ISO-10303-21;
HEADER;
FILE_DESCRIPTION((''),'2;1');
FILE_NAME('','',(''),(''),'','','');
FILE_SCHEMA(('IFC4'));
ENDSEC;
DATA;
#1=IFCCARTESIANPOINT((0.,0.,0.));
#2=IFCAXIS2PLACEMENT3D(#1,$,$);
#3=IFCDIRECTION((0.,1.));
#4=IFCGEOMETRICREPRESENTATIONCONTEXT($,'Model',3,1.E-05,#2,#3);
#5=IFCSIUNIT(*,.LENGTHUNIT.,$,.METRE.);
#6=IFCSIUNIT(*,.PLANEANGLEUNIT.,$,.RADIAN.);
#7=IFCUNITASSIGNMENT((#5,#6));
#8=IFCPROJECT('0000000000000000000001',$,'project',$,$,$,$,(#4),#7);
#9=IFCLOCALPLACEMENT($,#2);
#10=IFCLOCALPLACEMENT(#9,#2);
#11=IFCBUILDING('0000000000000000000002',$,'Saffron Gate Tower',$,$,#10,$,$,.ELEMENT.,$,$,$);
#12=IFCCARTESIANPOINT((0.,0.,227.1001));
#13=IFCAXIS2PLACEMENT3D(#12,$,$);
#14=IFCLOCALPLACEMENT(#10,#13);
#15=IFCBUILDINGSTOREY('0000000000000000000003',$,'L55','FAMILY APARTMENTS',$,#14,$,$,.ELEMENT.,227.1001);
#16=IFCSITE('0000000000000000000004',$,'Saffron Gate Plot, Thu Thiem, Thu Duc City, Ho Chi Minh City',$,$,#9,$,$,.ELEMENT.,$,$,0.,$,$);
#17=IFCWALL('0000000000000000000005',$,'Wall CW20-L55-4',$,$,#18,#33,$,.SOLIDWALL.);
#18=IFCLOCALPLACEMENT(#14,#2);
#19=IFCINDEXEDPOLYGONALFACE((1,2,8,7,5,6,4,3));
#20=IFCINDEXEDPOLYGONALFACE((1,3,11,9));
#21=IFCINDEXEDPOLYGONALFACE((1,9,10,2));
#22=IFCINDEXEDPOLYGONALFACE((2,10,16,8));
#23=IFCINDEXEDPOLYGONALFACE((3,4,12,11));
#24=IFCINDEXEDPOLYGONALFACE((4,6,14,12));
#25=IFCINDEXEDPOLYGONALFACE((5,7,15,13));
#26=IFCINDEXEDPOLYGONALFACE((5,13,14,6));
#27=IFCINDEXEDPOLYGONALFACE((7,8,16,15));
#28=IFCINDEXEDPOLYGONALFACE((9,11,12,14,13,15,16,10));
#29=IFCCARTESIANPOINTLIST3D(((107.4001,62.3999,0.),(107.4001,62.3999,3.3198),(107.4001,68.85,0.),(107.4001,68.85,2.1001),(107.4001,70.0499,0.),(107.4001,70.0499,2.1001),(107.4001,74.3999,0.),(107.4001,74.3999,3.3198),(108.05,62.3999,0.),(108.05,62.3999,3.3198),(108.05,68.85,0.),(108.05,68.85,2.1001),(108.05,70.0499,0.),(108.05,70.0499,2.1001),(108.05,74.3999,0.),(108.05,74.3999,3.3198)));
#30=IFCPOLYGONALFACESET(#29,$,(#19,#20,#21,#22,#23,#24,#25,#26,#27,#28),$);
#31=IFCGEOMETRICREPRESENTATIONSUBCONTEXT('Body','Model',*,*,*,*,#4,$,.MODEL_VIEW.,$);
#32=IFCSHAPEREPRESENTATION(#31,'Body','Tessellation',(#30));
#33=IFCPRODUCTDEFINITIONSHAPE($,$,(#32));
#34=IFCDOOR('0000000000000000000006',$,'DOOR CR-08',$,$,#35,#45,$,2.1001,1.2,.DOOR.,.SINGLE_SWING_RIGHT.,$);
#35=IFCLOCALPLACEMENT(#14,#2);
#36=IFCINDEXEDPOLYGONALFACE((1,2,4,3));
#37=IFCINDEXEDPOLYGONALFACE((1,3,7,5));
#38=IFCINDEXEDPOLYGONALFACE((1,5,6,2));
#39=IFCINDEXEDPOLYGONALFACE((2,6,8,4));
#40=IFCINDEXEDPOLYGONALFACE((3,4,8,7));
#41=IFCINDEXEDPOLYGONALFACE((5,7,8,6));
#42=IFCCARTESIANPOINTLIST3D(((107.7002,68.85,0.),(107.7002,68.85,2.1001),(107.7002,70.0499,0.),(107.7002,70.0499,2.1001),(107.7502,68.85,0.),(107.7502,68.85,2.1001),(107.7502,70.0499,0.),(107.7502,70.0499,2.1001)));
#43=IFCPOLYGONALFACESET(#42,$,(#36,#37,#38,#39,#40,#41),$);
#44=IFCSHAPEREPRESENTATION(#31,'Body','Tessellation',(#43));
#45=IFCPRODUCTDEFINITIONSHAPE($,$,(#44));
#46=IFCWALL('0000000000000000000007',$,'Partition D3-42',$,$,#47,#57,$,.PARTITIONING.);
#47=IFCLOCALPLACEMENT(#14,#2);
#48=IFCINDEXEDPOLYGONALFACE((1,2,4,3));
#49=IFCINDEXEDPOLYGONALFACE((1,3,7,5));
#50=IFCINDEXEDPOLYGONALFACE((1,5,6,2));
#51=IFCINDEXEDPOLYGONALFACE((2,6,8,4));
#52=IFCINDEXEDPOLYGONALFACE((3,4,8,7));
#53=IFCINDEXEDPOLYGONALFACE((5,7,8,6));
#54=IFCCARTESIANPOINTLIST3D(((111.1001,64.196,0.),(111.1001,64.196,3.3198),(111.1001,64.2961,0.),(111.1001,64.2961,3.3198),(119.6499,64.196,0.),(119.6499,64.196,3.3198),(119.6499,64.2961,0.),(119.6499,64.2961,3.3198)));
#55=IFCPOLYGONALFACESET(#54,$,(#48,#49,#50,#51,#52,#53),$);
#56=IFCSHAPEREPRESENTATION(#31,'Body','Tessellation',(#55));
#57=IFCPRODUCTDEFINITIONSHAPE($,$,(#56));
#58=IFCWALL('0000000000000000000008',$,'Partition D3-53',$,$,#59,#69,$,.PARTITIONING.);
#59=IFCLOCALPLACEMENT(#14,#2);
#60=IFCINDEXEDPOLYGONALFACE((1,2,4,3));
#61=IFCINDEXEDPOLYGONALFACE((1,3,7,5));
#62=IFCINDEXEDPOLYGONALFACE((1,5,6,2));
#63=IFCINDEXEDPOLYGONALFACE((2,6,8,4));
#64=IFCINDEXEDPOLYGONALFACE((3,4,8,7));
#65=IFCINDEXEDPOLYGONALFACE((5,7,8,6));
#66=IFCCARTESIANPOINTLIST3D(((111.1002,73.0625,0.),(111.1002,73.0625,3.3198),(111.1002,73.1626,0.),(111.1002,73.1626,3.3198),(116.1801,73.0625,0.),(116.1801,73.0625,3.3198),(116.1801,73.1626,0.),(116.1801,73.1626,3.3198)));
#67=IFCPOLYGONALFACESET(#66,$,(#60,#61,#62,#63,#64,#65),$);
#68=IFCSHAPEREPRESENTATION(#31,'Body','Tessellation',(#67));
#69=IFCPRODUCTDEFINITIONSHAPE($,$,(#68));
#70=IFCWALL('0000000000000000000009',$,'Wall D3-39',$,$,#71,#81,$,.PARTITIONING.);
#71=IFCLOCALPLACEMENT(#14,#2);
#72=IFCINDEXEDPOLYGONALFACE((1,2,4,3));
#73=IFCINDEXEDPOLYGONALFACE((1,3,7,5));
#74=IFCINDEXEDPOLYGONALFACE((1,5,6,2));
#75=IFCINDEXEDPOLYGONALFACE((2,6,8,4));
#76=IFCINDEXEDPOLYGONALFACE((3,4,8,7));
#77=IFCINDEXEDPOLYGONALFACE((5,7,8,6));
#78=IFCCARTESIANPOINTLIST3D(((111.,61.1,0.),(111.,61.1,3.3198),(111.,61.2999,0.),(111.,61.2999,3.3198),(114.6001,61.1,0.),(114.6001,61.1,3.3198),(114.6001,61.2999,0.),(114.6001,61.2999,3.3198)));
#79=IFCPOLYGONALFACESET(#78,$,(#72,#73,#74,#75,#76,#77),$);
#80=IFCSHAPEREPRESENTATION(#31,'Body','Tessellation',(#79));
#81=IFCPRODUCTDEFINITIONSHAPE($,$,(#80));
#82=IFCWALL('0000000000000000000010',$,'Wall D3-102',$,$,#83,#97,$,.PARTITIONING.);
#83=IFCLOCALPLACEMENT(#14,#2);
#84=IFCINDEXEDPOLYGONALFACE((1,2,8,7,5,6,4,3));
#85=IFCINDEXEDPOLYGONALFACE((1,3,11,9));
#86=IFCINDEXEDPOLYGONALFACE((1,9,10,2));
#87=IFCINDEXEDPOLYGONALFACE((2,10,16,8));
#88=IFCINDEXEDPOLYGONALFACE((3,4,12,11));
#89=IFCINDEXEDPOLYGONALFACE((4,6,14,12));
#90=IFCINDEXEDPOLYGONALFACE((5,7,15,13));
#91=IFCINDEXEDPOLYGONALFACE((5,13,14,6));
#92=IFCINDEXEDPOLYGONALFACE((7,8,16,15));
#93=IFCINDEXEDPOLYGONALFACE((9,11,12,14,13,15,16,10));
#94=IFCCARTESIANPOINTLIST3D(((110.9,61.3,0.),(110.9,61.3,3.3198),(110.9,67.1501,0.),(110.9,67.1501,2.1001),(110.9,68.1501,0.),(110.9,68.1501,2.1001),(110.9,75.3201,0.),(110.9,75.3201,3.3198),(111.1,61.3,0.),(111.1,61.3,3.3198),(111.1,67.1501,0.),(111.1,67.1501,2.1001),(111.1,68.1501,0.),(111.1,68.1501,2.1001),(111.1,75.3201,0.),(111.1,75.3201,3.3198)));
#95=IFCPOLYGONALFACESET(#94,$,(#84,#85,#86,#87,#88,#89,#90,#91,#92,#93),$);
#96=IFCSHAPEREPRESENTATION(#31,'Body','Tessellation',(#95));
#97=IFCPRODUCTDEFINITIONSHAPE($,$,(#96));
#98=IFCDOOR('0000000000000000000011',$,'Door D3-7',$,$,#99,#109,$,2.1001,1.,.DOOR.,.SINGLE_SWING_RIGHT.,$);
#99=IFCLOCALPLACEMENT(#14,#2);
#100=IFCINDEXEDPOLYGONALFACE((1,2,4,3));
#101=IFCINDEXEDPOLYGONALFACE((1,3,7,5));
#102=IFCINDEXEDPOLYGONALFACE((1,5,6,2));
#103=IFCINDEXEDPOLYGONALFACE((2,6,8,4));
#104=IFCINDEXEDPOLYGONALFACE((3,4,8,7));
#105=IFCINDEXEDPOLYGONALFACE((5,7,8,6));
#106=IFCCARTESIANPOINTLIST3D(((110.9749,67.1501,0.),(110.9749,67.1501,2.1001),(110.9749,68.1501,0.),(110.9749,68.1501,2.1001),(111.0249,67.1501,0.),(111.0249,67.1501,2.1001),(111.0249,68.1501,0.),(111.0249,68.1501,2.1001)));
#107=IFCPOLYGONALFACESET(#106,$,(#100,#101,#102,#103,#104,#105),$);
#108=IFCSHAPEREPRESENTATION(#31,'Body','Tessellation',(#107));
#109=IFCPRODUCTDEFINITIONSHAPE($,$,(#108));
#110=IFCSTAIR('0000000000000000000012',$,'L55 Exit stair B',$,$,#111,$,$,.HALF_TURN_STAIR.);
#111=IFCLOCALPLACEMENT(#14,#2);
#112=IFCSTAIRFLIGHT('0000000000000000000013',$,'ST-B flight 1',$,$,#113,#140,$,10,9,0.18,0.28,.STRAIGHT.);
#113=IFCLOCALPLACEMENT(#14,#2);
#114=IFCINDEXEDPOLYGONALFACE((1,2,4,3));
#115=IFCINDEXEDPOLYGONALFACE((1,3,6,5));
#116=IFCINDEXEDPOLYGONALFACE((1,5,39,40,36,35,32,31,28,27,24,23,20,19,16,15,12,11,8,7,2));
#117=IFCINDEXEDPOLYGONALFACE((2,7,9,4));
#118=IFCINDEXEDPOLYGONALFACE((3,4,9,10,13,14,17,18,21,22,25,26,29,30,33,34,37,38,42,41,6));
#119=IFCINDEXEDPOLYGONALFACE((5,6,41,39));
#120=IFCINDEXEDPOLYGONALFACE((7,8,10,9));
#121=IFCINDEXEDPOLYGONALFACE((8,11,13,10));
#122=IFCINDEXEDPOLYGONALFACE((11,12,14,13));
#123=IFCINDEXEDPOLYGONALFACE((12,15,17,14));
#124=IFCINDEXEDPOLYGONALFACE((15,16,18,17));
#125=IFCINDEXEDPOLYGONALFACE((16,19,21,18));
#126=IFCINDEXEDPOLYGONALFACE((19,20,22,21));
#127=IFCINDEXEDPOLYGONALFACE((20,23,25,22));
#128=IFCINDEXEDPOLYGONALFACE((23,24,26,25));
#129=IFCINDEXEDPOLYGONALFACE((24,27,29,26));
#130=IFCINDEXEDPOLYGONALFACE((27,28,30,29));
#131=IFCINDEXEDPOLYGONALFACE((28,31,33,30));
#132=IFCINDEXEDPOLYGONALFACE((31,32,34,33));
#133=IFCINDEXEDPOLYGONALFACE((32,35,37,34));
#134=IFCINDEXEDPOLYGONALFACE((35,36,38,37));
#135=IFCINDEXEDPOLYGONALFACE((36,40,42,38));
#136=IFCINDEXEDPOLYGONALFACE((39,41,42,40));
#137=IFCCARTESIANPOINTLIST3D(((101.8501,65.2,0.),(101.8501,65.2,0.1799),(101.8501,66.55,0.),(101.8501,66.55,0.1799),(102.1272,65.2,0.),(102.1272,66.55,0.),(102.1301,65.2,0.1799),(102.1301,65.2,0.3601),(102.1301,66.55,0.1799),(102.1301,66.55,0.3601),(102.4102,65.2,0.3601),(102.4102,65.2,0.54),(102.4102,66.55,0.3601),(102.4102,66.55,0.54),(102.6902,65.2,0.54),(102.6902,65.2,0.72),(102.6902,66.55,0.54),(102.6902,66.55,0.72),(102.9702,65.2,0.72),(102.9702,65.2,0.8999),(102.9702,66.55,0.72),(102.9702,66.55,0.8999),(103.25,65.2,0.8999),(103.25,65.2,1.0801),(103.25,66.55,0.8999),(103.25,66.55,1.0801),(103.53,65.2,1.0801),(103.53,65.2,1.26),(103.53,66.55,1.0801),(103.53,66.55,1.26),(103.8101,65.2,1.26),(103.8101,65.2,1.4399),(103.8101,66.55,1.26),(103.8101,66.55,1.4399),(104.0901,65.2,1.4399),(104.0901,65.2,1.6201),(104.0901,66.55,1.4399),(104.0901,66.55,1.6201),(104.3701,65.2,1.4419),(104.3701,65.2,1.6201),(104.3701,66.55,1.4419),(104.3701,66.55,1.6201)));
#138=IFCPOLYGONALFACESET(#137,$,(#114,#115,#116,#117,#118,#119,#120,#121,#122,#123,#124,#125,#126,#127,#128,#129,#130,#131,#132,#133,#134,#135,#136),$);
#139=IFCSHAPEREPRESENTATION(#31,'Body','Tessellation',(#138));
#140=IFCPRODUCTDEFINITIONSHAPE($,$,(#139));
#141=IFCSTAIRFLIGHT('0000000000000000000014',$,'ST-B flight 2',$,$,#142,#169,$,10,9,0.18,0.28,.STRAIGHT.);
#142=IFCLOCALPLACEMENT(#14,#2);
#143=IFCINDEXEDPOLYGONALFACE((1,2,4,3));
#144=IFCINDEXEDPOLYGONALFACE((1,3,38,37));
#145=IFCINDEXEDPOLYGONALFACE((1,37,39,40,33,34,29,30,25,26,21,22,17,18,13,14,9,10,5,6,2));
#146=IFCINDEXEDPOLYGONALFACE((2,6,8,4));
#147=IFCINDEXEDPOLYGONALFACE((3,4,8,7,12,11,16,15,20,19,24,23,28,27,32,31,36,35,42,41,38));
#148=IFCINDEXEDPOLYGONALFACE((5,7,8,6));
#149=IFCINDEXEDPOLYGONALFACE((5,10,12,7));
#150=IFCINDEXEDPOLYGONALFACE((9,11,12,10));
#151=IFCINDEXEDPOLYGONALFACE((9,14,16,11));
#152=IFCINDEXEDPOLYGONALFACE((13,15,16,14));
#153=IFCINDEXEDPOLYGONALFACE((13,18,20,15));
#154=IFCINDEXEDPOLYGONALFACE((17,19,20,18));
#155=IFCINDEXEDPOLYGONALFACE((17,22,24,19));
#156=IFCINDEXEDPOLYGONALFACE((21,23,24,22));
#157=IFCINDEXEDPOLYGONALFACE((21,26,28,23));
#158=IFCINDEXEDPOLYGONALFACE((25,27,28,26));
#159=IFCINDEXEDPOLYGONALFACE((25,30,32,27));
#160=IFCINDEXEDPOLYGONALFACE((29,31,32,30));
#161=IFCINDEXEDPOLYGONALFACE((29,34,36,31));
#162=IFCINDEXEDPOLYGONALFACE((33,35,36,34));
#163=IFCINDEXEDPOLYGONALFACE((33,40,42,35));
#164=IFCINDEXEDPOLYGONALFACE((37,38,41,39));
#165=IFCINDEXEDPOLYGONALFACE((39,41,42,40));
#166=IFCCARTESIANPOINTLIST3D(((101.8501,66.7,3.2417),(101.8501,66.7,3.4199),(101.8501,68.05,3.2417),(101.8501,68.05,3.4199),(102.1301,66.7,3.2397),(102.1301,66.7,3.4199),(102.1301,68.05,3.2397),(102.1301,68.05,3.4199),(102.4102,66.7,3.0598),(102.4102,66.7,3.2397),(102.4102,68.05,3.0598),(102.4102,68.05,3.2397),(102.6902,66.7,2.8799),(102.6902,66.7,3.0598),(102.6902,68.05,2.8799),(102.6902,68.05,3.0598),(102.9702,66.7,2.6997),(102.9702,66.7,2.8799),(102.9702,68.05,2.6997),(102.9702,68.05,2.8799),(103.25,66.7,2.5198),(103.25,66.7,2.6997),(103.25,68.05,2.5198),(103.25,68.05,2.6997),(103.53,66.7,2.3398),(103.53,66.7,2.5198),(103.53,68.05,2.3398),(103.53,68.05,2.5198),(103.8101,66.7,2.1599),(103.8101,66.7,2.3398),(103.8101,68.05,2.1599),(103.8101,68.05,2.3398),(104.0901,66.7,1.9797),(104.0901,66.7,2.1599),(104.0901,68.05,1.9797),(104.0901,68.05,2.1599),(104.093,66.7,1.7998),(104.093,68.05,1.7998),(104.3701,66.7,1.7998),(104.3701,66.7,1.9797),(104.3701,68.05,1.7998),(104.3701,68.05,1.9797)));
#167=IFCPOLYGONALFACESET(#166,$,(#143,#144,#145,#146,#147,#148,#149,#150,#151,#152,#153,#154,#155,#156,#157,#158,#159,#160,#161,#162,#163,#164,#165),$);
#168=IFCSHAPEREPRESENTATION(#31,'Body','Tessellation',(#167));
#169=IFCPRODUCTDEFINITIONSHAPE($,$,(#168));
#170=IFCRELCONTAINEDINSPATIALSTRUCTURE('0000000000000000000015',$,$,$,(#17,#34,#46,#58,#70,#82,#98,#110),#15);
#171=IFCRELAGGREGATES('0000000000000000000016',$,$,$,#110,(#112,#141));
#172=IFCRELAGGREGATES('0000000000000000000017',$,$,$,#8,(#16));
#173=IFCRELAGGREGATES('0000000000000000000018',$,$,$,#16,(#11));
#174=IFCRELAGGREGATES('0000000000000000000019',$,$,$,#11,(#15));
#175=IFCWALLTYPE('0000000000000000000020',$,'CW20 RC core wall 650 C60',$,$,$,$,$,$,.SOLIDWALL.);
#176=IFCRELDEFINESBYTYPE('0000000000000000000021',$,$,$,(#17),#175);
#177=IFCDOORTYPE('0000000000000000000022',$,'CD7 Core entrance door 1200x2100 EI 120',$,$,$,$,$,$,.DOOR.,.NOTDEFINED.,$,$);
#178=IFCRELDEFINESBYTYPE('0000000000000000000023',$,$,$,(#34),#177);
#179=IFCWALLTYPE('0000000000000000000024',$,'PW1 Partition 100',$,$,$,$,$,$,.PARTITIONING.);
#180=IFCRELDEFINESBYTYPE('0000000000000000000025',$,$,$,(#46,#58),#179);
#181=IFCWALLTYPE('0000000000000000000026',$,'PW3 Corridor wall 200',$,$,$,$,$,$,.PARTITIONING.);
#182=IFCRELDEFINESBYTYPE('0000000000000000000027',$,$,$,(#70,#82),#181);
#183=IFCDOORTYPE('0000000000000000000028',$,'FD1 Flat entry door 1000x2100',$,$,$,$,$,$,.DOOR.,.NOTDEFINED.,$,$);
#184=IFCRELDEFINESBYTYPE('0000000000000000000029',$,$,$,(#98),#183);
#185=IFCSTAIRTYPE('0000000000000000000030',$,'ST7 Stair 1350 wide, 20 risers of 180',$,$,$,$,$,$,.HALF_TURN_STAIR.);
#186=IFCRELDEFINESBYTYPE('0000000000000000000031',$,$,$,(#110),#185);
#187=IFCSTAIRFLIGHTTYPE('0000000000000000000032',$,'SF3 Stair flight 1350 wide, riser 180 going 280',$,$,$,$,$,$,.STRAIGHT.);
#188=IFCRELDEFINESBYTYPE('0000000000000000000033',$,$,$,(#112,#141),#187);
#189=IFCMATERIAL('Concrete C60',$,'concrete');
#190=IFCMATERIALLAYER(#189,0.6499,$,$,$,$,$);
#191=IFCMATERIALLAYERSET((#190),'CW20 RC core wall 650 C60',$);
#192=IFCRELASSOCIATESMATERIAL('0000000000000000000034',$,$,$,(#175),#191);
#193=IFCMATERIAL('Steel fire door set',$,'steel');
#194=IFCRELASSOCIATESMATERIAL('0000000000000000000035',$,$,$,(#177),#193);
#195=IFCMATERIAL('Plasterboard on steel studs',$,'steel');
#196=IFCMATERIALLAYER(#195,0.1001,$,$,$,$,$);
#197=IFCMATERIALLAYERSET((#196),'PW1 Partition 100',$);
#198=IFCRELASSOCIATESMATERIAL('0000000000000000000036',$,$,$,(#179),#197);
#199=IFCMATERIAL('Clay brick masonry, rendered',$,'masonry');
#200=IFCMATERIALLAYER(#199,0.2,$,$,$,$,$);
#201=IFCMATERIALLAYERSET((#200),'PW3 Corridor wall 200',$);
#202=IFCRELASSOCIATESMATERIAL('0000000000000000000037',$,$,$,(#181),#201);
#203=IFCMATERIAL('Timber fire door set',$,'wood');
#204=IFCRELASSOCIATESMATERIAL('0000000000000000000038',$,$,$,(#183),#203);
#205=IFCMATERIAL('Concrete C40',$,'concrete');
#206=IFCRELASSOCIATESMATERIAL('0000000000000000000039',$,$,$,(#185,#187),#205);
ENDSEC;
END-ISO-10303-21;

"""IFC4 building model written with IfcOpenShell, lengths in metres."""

from ifc_helpers import new_model, si_unit, direction, frame, frame_2d, origin, place, context, subcontext, project, spatial, polyline, rectangle, outline, extrude, material, layer, layer_set, type_object, element, fill, aggregate, save


model = new_model("IFC4")

# Units and contexts
model_context = context("Model", 3, precision=1e-05, world=origin(), true_north=direction((0.0, 1.0)))
body_context = subcontext(model_context, "Body", "Model", "MODEL_VIEW")
ifc_project = project(units=[si_unit("LENGTHUNIT", "METRE"), si_unit("PLANEANGLEUNIT", "RADIAN")], contexts=[model_context])

# Site, building, storey
site_placement = place(None, origin())
site = spatial("IfcSite", under=ifc_project, at=site_placement, Name="Saffron Gate Plot, Thu Thiem, Thu Duc City, Ho Chi Minh City", CompositionType="ELEMENT", RefElevation=0.0)
building_placement = place(site_placement, origin())
building = spatial("IfcBuilding", under=site, at=building_placement, Name="Saffron Gate Tower", CompositionType="ELEMENT")
storey_placement = place(building_placement, frame((0.0, 0.0, 227.1001)))
storey = spatial("IfcBuildingStorey", under=building, at=storey_placement, Name="L55", Description="FAMILY APARTMENTS", CompositionType="ELEMENT", Elevation=227.1001)

# Shared definitions
ifc_material_1 = material(Name="Concrete C60", Category="concrete")
ifc_material_2 = material(Name="Steel fire door set", Category="steel")

# Wall, opening, door
ifc_layer_1 = layer(ifc_material_1, 0.6499)
ifc_layer_set_1 = layer_set([ifc_layer_1], Name="CW20 RC core wall 650 C60")
wall_type_1 = type_object("IfcWallType", Name="CW20 RC core wall 650 C60", PredefinedType="SOLIDWALL", material=ifc_layer_set_1)
wall_1_placement = place(storey_placement, frame((107.7251, 62.3999, 0.0), z_axis=(0.0, 0.0, 1.0), x_axis=(0.0, 1.0, 0.0)))
wall_1 = element("IfcWall", 1, at=wall_1_placement, inside=storey, type_object=wall_type_1, Name="Wall CW20-L55-4", PredefinedType="SOLIDWALL", context=body_context, shape_type="SweptSolid", body=[
    extrude(rectangle(XDim=12.0, YDim=0.6499, at=frame_2d((6.0, 0.0))), origin(), (0.0, 0.0, 1.0), 3.3198),
])
opening_1_placement = place(wall_1_placement, frame((6.45, 0.0, 0.0)))
opening_1 = element("IfcOpeningElement", 2, at=opening_1_placement, cuts=wall_1, PredefinedType="OPENING", context=body_context, shape_type="SweptSolid", body=[
    extrude(rectangle(XDim=1.2, YDim=2.1001, at=frame_2d((0.6001, 1.05))), frame((0.0, 0.335, 0.0), z_axis=(0.0, -1.0, 0.0), x_axis=(1.0, 0.0, 0.0)), (0.0, 0.0, 1.0), 0.6699),
])
door_type_1 = type_object("IfcDoorType", Name="CD7 Core entrance door 1200x2100 EI 120", OperationType="NOTDEFINED", PredefinedType="DOOR", material=ifc_material_2)
door_1_placement = place(opening_1_placement, origin())
door_1 = element("IfcDoor", 3, at=door_1_placement, inside=storey, type_object=door_type_1, Name="DOOR CR-08", OperationType="SINGLE_SWING_RIGHT", OverallHeight=2.1001, OverallWidth=1.2, PredefinedType="DOOR", context=body_context, shape_type="SweptSolid", body=[
    extrude(rectangle(XDim=1.2, YDim=2.1001, at=frame_2d((0.6001, 1.05))), frame((0.0, 0.0249, 0.0), z_axis=(0.0, -1.0, 0.0), x_axis=(1.0, 0.0, 0.0)), (0.0, 0.0, 1.0), 0.05),
])
fill(opening_1, door_1)

# Walls
ifc_material_3 = material(Name="Plasterboard on steel studs", Category="steel")
ifc_layer_2 = layer(ifc_material_3, 0.1001)
ifc_layer_set_2 = layer_set([ifc_layer_2], Name="PW1 Partition 100")
wall_type_2 = type_object("IfcWallType", Name="PW1 Partition 100", PredefinedType="PARTITIONING", material=ifc_layer_set_2)
wall_2_placement = place(storey_placement, frame((111.1001, 64.2461, 0.0), z_axis=(0.0, 0.0, 1.0), x_axis=(1.0, 0.0, 0.0)))
element("IfcWall", 4, at=wall_2_placement, inside=storey, type_object=wall_type_2, Name="Partition D3-42", PredefinedType="PARTITIONING", context=body_context, shape_type="SweptSolid", body=[
    extrude(rectangle(XDim=8.5498, YDim=0.1001, at=frame_2d((4.2749, 0.0))), origin(), (0.0, 0.0, 1.0), 3.3198),
])
wall_3_placement = place(storey_placement, frame((111.1001, 73.1125, 0.0), z_axis=(0.0, 0.0, 1.0), x_axis=(1.0, 0.0, 0.0)))
element("IfcWall", 5, at=wall_3_placement, inside=storey, type_object=wall_type_2, Name="Partition D3-53", PredefinedType="PARTITIONING", context=body_context, shape_type="SweptSolid", body=[
    extrude(rectangle(XDim=5.0798, YDim=0.1001, at=frame_2d((2.54, 0.0))), origin(), (0.0, 0.0, 1.0), 3.3198),
])
ifc_material_4 = material(Name="Clay brick masonry, rendered", Category="masonry")
ifc_layer_3 = layer(ifc_material_4, 0.2)
ifc_layer_set_3 = layer_set([ifc_layer_3], Name="PW3 Corridor wall 200")
wall_type_3 = type_object("IfcWallType", Name="PW3 Corridor wall 200", PredefinedType="PARTITIONING", material=ifc_layer_set_3)
wall_4_placement = place(storey_placement, frame((111.0, 61.2, 0.0), z_axis=(0.0, 0.0, 1.0), x_axis=(1.0, 0.0, 0.0)))
element("IfcWall", 6, at=wall_4_placement, inside=storey, type_object=wall_type_3, Name="Wall D3-39", PredefinedType="PARTITIONING", context=body_context, shape_type="SweptSolid", body=[
    extrude(rectangle(XDim=3.6001, YDim=0.2, at=frame_2d((1.8, 0.0))), origin(), (0.0, 0.0, 1.0), 3.3198),
])

# Wall, opening, door
wall_5_placement = place(storey_placement, frame((111.0, 75.3201, 0.0), z_axis=(0.0, 0.0, 1.0), x_axis=(0.0, -1.0, 0.0)))
wall_5 = element("IfcWall", 7, at=wall_5_placement, inside=storey, type_object=wall_type_3, Name="Wall D3-102", PredefinedType="PARTITIONING", context=body_context, shape_type="SweptSolid", body=[
    extrude(rectangle(XDim=14.02, YDim=0.2, at=frame_2d((7.01, 0.0))), origin(), (0.0, 0.0, 1.0), 3.3198),
])
opening_2_placement = place(wall_5_placement, frame((7.1699, 0.0, 0.0)))
opening_2 = element("IfcOpeningElement", 8, at=opening_2_placement, cuts=wall_5, PredefinedType="OPENING", context=body_context, shape_type="SweptSolid", body=[
    extrude(rectangle(XDim=1.0, YDim=2.1001, at=frame_2d((0.5, 1.05))), frame((0.0, 0.1099, 0.0), z_axis=(0.0, -1.0, 0.0), x_axis=(1.0, 0.0, 0.0)), (0.0, 0.0, 1.0), 0.22),
])
ifc_material_5 = material(Name="Timber fire door set", Category="wood")
door_type_2 = type_object("IfcDoorType", Name="FD1 Flat entry door 1000x2100", OperationType="NOTDEFINED", PredefinedType="DOOR", material=ifc_material_5)
door_2_placement = place(opening_2_placement, origin())
door_2 = element("IfcDoor", 9, at=door_2_placement, inside=storey, type_object=door_type_2, Name="Door D3-7", OperationType="SINGLE_SWING_RIGHT", OverallHeight=2.1001, OverallWidth=1.0, PredefinedType="DOOR", context=body_context, shape_type="SweptSolid", body=[
    extrude(rectangle(XDim=1.0, YDim=2.1001, at=frame_2d((0.5, 1.05))), frame((0.0, 0.0249, 0.0), z_axis=(0.0, -1.0, 0.0), x_axis=(1.0, 0.0, 0.0)), (0.0, 0.0, 1.0), 0.05),
])
fill(opening_2, door_2)

# Stair, stair flights
ifc_material_6 = material(Name="Concrete C40", Category="concrete")
stair_type = type_object("IfcStairType", Name="ST7 Stair 1350 wide, 20 risers of 180", PredefinedType="HALF_TURN_STAIR", material=ifc_material_6)
stair_placement = place(storey_placement, origin())
stair = element("IfcStair", 10, at=stair_placement, inside=storey, type_object=stair_type, Name="L55 Exit stair B", PredefinedType="HALF_TURN_STAIR")
stair_flight_type = type_object("IfcStairFlightType", Name="SF3 Stair flight 1350 wide, riser 180 going 280", PredefinedType="STRAIGHT", material=ifc_material_6)
stair_flight_1_placement = place(storey_placement, frame((101.8501, 65.875, 0.0), z_axis=(0.0, 0.0, 1.0), x_axis=(1.0, 0.0, 0.0)))
stair_flight_1 = element("IfcStairFlight", 11, at=stair_flight_1_placement, type_object=stair_flight_type, Name="ST-B flight 1", NumberOfRisers=10, NumberOfTreads=9, PredefinedType="STRAIGHT", RiserHeight=0.18, TreadLength=0.28, context=body_context, shape_type="SweptSolid", body=[
    extrude(outline(polyline([(0.0, 0.0), (0.0, 0.1799), (0.28, 0.1799), (0.28, 0.3601), (0.5601, 0.3601), (0.5601, 0.54), (0.8401, 0.54), (0.8401, 0.72), (1.1201, 0.72), (1.1201, 0.8999), (1.3999, 0.8999), (1.3999, 1.0801), (1.6799, 1.0801), (1.6799, 1.26), (1.96, 1.26), (1.96, 1.4399), (2.24, 1.4399), (2.24, 1.6201), (2.52, 1.6201), (2.52, 1.8), (2.52, 1.4419), (0.2771, 0.0), (0.0, 0.0)])), frame((0.0, 0.675, 0.0), z_axis=(0.0, -1.0, 0.0), x_axis=(1.0, 0.0, 0.0)), (0.0, 0.0, 1.0), 1.3501),
])
stair_flight_2_placement = place(storey_placement, frame((104.3701, 67.375, 1.7998), z_axis=(0.0, 0.0, 1.0), x_axis=(-1.0, 0.0, 0.0)))
stair_flight_2 = element("IfcStairFlight", 12, at=stair_flight_2_placement, type_object=stair_flight_type, Name="ST-B flight 2", NumberOfRisers=10, NumberOfTreads=9, PredefinedType="STRAIGHT", RiserHeight=0.18, TreadLength=0.28, context=body_context, shape_type="SweptSolid", body=[
    extrude(outline(polyline([(0.0, 0.0), (0.0, 0.1799), (0.28, 0.1799), (0.28, 0.3601), (0.5601, 0.3601), (0.5601, 0.54), (0.8401, 0.54), (0.8401, 0.72), (1.1201, 0.72), (1.1201, 0.8999), (1.3999, 0.8999), (1.3999, 1.0801), (1.6799, 1.0801), (1.6799, 1.26), (1.96, 1.26), (1.96, 1.4399), (2.24, 1.4399), (2.24, 1.6201), (2.52, 1.6201), (2.52, 1.8), (2.52, 1.4419), (0.2771, 0.0), (0.0, 0.0)])), frame((0.0, 0.675, 0.0), z_axis=(0.0, -1.0, 0.0), x_axis=(1.0, 0.0, 0.0)), (0.0, 0.0, 1.0), 1.3501),
])
aggregate(stair, [stair_flight_1, stair_flight_2])

save(model, "model.ifc")
